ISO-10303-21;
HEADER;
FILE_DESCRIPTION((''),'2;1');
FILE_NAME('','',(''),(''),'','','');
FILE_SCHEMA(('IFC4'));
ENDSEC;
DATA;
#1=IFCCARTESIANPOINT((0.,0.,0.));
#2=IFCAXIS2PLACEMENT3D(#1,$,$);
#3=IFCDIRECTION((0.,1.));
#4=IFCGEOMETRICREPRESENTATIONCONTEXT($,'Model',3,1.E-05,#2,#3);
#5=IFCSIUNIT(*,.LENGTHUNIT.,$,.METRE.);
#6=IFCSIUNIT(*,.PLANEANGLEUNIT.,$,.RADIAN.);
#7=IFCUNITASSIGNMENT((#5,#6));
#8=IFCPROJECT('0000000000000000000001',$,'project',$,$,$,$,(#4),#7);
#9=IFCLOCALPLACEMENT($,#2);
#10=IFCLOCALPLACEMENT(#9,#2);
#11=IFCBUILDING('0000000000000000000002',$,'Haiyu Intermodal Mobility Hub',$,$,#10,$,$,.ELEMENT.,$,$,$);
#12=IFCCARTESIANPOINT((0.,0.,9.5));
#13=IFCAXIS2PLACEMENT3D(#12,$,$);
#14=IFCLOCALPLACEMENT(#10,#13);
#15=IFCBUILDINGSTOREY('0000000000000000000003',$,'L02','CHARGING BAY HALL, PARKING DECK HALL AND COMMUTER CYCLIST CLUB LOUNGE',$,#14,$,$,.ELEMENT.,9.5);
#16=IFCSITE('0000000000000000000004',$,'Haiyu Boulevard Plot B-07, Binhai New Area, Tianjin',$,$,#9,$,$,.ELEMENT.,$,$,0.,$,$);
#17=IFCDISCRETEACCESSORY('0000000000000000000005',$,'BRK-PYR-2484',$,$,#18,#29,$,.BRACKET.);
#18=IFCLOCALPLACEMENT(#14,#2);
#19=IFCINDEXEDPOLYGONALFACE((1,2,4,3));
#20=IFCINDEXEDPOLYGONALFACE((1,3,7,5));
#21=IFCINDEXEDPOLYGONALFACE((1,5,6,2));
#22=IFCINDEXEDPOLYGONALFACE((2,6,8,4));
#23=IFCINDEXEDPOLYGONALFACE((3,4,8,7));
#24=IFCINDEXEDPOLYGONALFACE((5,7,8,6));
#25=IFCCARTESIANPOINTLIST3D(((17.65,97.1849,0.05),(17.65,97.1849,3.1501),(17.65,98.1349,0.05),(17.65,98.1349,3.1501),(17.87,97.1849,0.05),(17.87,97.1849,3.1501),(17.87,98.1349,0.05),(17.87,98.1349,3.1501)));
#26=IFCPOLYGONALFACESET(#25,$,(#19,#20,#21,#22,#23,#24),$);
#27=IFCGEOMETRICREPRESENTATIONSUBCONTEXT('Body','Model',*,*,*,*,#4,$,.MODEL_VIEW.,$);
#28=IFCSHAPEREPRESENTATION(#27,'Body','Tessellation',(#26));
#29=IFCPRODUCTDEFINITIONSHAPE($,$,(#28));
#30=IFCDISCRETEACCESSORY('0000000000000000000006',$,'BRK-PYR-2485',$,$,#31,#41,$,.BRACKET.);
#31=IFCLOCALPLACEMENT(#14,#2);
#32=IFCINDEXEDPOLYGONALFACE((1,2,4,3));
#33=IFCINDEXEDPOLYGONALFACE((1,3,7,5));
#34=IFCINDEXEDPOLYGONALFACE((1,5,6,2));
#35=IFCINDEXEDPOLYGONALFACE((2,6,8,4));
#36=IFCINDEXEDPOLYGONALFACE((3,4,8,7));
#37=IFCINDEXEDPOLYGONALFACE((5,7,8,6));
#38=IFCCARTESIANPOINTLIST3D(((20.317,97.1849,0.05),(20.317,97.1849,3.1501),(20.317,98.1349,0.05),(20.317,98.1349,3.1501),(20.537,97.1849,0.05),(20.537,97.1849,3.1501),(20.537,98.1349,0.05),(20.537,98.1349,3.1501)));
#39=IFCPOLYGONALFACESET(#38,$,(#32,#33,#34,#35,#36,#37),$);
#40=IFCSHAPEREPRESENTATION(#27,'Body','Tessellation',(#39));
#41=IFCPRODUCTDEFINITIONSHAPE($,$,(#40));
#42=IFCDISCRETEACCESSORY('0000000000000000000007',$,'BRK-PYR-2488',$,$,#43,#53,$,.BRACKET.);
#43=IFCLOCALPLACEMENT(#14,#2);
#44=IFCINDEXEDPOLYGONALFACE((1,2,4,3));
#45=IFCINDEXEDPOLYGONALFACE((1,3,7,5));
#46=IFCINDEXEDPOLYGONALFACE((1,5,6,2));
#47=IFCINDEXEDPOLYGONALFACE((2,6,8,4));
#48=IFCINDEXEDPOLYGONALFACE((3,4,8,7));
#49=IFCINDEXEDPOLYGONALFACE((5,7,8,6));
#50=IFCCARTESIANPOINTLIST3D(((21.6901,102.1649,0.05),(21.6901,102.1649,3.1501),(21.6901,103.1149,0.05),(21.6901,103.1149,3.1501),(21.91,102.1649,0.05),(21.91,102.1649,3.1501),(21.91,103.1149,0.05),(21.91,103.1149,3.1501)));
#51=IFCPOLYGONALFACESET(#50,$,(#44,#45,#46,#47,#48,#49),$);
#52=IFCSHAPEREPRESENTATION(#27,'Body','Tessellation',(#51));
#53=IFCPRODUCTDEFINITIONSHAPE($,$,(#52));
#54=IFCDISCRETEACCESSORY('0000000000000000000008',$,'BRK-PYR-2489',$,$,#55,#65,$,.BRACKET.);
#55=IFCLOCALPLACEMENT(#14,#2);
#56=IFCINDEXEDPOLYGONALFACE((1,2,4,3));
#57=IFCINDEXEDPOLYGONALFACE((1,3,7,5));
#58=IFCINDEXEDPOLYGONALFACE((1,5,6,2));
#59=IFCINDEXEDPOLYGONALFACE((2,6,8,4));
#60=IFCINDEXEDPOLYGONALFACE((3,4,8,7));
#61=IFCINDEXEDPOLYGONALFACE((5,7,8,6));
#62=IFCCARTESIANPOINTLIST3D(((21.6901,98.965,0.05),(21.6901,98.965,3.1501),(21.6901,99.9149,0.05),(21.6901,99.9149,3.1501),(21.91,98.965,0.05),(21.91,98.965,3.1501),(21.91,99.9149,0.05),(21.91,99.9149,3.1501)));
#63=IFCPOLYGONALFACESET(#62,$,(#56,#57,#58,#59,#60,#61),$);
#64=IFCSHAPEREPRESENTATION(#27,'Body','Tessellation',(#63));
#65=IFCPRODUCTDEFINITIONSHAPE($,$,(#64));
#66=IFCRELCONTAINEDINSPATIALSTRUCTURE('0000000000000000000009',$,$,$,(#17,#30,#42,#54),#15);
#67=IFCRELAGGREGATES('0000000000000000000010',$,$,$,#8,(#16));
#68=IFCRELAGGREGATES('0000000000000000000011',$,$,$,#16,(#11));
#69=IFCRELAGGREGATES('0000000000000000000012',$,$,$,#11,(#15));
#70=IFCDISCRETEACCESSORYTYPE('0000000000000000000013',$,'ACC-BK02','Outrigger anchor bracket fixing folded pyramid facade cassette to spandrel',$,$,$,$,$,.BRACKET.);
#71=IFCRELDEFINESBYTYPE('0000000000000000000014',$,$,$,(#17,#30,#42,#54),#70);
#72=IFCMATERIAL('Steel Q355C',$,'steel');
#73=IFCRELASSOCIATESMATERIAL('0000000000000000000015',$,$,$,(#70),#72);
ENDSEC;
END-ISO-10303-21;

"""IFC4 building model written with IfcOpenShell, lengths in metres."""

from ifc_helpers import new_model, si_unit, direction, frame, origin, origin_2d, place, context, subcontext, project, spatial, rectangle, extrude, material, type_object, element, save


model = new_model("IFC4")

# Units and contexts
model_context = context("Model", 3, precision=1e-05, world=origin(), true_north=direction((0.0, 1.0)))
body_context = subcontext(model_context, "Body", "Model", "MODEL_VIEW")
ifc_project = project(units=[si_unit("LENGTHUNIT", "METRE"), si_unit("PLANEANGLEUNIT", "RADIAN")], contexts=[model_context])

# Site, building, storey
site_placement = place(None, origin())
site = spatial("IfcSite", under=ifc_project, at=site_placement, Name="Haiyu Boulevard Plot B-07, Binhai New Area, Tianjin", CompositionType="ELEMENT", RefElevation=0.0)
building_placement = place(site_placement, origin())
building = spatial("IfcBuilding", under=site, at=building_placement, Name="Haiyu Intermodal Mobility Hub", CompositionType="ELEMENT")
storey_placement = place(building_placement, frame((0.0, 0.0, 9.5)))
storey = spatial("IfcBuildingStorey", under=building, at=storey_placement, Name="L02", Description="CHARGING BAY HALL, PARKING DECK HALL AND COMMUTER CYCLIST CLUB LOUNGE", CompositionType="ELEMENT", Elevation=9.5)

# Shared definitions
ifc_material_1 = material(Name="Steel Q355C", Category="steel")

# Discrete accessories
discrete_accessory_type = type_object("IfcDiscreteAccessoryType", Name="ACC-BK02", Description="Outrigger anchor bracket fixing folded pyramid facade cassette to spandrel", PredefinedType="BRACKET", material=ifc_material_1)
for number, where, z_axis, x_axis, name in (
    (1, (17.76, 97.6599, 0.05), (0.0, 0.0, 1.0), (1.0, 0.0, 0.0), "BRK-PYR-2484"),
    (2, (20.427, 97.6599, 0.05), (0.0, 0.0, 1.0), (1.0, 0.0, 0.0), "BRK-PYR-2485"),
    (3, (21.8, 102.6399, 0.05), (0.0, 0.0, 1.0), (1.0, 0.0, 0.0), "BRK-PYR-2488"),
    (4, (21.8, 99.4399, 0.05), (0.0, 0.0, 1.0), (1.0, 0.0, 0.0), "BRK-PYR-2489"),
):
    element("IfcDiscreteAccessory", number, at=place(storey_placement, frame(where, z_axis=z_axis, x_axis=x_axis)), inside=storey, type_object=discrete_accessory_type, Name=name, PredefinedType="BRACKET", context=body_context, shape_type="SweptSolid", body=[
        extrude(rectangle(XDim=0.22, YDim=0.95, at=origin_2d()), origin(), (0.0, 0.0, 1.0), 3.1001),
    ])

save(model, "model.ifc")
